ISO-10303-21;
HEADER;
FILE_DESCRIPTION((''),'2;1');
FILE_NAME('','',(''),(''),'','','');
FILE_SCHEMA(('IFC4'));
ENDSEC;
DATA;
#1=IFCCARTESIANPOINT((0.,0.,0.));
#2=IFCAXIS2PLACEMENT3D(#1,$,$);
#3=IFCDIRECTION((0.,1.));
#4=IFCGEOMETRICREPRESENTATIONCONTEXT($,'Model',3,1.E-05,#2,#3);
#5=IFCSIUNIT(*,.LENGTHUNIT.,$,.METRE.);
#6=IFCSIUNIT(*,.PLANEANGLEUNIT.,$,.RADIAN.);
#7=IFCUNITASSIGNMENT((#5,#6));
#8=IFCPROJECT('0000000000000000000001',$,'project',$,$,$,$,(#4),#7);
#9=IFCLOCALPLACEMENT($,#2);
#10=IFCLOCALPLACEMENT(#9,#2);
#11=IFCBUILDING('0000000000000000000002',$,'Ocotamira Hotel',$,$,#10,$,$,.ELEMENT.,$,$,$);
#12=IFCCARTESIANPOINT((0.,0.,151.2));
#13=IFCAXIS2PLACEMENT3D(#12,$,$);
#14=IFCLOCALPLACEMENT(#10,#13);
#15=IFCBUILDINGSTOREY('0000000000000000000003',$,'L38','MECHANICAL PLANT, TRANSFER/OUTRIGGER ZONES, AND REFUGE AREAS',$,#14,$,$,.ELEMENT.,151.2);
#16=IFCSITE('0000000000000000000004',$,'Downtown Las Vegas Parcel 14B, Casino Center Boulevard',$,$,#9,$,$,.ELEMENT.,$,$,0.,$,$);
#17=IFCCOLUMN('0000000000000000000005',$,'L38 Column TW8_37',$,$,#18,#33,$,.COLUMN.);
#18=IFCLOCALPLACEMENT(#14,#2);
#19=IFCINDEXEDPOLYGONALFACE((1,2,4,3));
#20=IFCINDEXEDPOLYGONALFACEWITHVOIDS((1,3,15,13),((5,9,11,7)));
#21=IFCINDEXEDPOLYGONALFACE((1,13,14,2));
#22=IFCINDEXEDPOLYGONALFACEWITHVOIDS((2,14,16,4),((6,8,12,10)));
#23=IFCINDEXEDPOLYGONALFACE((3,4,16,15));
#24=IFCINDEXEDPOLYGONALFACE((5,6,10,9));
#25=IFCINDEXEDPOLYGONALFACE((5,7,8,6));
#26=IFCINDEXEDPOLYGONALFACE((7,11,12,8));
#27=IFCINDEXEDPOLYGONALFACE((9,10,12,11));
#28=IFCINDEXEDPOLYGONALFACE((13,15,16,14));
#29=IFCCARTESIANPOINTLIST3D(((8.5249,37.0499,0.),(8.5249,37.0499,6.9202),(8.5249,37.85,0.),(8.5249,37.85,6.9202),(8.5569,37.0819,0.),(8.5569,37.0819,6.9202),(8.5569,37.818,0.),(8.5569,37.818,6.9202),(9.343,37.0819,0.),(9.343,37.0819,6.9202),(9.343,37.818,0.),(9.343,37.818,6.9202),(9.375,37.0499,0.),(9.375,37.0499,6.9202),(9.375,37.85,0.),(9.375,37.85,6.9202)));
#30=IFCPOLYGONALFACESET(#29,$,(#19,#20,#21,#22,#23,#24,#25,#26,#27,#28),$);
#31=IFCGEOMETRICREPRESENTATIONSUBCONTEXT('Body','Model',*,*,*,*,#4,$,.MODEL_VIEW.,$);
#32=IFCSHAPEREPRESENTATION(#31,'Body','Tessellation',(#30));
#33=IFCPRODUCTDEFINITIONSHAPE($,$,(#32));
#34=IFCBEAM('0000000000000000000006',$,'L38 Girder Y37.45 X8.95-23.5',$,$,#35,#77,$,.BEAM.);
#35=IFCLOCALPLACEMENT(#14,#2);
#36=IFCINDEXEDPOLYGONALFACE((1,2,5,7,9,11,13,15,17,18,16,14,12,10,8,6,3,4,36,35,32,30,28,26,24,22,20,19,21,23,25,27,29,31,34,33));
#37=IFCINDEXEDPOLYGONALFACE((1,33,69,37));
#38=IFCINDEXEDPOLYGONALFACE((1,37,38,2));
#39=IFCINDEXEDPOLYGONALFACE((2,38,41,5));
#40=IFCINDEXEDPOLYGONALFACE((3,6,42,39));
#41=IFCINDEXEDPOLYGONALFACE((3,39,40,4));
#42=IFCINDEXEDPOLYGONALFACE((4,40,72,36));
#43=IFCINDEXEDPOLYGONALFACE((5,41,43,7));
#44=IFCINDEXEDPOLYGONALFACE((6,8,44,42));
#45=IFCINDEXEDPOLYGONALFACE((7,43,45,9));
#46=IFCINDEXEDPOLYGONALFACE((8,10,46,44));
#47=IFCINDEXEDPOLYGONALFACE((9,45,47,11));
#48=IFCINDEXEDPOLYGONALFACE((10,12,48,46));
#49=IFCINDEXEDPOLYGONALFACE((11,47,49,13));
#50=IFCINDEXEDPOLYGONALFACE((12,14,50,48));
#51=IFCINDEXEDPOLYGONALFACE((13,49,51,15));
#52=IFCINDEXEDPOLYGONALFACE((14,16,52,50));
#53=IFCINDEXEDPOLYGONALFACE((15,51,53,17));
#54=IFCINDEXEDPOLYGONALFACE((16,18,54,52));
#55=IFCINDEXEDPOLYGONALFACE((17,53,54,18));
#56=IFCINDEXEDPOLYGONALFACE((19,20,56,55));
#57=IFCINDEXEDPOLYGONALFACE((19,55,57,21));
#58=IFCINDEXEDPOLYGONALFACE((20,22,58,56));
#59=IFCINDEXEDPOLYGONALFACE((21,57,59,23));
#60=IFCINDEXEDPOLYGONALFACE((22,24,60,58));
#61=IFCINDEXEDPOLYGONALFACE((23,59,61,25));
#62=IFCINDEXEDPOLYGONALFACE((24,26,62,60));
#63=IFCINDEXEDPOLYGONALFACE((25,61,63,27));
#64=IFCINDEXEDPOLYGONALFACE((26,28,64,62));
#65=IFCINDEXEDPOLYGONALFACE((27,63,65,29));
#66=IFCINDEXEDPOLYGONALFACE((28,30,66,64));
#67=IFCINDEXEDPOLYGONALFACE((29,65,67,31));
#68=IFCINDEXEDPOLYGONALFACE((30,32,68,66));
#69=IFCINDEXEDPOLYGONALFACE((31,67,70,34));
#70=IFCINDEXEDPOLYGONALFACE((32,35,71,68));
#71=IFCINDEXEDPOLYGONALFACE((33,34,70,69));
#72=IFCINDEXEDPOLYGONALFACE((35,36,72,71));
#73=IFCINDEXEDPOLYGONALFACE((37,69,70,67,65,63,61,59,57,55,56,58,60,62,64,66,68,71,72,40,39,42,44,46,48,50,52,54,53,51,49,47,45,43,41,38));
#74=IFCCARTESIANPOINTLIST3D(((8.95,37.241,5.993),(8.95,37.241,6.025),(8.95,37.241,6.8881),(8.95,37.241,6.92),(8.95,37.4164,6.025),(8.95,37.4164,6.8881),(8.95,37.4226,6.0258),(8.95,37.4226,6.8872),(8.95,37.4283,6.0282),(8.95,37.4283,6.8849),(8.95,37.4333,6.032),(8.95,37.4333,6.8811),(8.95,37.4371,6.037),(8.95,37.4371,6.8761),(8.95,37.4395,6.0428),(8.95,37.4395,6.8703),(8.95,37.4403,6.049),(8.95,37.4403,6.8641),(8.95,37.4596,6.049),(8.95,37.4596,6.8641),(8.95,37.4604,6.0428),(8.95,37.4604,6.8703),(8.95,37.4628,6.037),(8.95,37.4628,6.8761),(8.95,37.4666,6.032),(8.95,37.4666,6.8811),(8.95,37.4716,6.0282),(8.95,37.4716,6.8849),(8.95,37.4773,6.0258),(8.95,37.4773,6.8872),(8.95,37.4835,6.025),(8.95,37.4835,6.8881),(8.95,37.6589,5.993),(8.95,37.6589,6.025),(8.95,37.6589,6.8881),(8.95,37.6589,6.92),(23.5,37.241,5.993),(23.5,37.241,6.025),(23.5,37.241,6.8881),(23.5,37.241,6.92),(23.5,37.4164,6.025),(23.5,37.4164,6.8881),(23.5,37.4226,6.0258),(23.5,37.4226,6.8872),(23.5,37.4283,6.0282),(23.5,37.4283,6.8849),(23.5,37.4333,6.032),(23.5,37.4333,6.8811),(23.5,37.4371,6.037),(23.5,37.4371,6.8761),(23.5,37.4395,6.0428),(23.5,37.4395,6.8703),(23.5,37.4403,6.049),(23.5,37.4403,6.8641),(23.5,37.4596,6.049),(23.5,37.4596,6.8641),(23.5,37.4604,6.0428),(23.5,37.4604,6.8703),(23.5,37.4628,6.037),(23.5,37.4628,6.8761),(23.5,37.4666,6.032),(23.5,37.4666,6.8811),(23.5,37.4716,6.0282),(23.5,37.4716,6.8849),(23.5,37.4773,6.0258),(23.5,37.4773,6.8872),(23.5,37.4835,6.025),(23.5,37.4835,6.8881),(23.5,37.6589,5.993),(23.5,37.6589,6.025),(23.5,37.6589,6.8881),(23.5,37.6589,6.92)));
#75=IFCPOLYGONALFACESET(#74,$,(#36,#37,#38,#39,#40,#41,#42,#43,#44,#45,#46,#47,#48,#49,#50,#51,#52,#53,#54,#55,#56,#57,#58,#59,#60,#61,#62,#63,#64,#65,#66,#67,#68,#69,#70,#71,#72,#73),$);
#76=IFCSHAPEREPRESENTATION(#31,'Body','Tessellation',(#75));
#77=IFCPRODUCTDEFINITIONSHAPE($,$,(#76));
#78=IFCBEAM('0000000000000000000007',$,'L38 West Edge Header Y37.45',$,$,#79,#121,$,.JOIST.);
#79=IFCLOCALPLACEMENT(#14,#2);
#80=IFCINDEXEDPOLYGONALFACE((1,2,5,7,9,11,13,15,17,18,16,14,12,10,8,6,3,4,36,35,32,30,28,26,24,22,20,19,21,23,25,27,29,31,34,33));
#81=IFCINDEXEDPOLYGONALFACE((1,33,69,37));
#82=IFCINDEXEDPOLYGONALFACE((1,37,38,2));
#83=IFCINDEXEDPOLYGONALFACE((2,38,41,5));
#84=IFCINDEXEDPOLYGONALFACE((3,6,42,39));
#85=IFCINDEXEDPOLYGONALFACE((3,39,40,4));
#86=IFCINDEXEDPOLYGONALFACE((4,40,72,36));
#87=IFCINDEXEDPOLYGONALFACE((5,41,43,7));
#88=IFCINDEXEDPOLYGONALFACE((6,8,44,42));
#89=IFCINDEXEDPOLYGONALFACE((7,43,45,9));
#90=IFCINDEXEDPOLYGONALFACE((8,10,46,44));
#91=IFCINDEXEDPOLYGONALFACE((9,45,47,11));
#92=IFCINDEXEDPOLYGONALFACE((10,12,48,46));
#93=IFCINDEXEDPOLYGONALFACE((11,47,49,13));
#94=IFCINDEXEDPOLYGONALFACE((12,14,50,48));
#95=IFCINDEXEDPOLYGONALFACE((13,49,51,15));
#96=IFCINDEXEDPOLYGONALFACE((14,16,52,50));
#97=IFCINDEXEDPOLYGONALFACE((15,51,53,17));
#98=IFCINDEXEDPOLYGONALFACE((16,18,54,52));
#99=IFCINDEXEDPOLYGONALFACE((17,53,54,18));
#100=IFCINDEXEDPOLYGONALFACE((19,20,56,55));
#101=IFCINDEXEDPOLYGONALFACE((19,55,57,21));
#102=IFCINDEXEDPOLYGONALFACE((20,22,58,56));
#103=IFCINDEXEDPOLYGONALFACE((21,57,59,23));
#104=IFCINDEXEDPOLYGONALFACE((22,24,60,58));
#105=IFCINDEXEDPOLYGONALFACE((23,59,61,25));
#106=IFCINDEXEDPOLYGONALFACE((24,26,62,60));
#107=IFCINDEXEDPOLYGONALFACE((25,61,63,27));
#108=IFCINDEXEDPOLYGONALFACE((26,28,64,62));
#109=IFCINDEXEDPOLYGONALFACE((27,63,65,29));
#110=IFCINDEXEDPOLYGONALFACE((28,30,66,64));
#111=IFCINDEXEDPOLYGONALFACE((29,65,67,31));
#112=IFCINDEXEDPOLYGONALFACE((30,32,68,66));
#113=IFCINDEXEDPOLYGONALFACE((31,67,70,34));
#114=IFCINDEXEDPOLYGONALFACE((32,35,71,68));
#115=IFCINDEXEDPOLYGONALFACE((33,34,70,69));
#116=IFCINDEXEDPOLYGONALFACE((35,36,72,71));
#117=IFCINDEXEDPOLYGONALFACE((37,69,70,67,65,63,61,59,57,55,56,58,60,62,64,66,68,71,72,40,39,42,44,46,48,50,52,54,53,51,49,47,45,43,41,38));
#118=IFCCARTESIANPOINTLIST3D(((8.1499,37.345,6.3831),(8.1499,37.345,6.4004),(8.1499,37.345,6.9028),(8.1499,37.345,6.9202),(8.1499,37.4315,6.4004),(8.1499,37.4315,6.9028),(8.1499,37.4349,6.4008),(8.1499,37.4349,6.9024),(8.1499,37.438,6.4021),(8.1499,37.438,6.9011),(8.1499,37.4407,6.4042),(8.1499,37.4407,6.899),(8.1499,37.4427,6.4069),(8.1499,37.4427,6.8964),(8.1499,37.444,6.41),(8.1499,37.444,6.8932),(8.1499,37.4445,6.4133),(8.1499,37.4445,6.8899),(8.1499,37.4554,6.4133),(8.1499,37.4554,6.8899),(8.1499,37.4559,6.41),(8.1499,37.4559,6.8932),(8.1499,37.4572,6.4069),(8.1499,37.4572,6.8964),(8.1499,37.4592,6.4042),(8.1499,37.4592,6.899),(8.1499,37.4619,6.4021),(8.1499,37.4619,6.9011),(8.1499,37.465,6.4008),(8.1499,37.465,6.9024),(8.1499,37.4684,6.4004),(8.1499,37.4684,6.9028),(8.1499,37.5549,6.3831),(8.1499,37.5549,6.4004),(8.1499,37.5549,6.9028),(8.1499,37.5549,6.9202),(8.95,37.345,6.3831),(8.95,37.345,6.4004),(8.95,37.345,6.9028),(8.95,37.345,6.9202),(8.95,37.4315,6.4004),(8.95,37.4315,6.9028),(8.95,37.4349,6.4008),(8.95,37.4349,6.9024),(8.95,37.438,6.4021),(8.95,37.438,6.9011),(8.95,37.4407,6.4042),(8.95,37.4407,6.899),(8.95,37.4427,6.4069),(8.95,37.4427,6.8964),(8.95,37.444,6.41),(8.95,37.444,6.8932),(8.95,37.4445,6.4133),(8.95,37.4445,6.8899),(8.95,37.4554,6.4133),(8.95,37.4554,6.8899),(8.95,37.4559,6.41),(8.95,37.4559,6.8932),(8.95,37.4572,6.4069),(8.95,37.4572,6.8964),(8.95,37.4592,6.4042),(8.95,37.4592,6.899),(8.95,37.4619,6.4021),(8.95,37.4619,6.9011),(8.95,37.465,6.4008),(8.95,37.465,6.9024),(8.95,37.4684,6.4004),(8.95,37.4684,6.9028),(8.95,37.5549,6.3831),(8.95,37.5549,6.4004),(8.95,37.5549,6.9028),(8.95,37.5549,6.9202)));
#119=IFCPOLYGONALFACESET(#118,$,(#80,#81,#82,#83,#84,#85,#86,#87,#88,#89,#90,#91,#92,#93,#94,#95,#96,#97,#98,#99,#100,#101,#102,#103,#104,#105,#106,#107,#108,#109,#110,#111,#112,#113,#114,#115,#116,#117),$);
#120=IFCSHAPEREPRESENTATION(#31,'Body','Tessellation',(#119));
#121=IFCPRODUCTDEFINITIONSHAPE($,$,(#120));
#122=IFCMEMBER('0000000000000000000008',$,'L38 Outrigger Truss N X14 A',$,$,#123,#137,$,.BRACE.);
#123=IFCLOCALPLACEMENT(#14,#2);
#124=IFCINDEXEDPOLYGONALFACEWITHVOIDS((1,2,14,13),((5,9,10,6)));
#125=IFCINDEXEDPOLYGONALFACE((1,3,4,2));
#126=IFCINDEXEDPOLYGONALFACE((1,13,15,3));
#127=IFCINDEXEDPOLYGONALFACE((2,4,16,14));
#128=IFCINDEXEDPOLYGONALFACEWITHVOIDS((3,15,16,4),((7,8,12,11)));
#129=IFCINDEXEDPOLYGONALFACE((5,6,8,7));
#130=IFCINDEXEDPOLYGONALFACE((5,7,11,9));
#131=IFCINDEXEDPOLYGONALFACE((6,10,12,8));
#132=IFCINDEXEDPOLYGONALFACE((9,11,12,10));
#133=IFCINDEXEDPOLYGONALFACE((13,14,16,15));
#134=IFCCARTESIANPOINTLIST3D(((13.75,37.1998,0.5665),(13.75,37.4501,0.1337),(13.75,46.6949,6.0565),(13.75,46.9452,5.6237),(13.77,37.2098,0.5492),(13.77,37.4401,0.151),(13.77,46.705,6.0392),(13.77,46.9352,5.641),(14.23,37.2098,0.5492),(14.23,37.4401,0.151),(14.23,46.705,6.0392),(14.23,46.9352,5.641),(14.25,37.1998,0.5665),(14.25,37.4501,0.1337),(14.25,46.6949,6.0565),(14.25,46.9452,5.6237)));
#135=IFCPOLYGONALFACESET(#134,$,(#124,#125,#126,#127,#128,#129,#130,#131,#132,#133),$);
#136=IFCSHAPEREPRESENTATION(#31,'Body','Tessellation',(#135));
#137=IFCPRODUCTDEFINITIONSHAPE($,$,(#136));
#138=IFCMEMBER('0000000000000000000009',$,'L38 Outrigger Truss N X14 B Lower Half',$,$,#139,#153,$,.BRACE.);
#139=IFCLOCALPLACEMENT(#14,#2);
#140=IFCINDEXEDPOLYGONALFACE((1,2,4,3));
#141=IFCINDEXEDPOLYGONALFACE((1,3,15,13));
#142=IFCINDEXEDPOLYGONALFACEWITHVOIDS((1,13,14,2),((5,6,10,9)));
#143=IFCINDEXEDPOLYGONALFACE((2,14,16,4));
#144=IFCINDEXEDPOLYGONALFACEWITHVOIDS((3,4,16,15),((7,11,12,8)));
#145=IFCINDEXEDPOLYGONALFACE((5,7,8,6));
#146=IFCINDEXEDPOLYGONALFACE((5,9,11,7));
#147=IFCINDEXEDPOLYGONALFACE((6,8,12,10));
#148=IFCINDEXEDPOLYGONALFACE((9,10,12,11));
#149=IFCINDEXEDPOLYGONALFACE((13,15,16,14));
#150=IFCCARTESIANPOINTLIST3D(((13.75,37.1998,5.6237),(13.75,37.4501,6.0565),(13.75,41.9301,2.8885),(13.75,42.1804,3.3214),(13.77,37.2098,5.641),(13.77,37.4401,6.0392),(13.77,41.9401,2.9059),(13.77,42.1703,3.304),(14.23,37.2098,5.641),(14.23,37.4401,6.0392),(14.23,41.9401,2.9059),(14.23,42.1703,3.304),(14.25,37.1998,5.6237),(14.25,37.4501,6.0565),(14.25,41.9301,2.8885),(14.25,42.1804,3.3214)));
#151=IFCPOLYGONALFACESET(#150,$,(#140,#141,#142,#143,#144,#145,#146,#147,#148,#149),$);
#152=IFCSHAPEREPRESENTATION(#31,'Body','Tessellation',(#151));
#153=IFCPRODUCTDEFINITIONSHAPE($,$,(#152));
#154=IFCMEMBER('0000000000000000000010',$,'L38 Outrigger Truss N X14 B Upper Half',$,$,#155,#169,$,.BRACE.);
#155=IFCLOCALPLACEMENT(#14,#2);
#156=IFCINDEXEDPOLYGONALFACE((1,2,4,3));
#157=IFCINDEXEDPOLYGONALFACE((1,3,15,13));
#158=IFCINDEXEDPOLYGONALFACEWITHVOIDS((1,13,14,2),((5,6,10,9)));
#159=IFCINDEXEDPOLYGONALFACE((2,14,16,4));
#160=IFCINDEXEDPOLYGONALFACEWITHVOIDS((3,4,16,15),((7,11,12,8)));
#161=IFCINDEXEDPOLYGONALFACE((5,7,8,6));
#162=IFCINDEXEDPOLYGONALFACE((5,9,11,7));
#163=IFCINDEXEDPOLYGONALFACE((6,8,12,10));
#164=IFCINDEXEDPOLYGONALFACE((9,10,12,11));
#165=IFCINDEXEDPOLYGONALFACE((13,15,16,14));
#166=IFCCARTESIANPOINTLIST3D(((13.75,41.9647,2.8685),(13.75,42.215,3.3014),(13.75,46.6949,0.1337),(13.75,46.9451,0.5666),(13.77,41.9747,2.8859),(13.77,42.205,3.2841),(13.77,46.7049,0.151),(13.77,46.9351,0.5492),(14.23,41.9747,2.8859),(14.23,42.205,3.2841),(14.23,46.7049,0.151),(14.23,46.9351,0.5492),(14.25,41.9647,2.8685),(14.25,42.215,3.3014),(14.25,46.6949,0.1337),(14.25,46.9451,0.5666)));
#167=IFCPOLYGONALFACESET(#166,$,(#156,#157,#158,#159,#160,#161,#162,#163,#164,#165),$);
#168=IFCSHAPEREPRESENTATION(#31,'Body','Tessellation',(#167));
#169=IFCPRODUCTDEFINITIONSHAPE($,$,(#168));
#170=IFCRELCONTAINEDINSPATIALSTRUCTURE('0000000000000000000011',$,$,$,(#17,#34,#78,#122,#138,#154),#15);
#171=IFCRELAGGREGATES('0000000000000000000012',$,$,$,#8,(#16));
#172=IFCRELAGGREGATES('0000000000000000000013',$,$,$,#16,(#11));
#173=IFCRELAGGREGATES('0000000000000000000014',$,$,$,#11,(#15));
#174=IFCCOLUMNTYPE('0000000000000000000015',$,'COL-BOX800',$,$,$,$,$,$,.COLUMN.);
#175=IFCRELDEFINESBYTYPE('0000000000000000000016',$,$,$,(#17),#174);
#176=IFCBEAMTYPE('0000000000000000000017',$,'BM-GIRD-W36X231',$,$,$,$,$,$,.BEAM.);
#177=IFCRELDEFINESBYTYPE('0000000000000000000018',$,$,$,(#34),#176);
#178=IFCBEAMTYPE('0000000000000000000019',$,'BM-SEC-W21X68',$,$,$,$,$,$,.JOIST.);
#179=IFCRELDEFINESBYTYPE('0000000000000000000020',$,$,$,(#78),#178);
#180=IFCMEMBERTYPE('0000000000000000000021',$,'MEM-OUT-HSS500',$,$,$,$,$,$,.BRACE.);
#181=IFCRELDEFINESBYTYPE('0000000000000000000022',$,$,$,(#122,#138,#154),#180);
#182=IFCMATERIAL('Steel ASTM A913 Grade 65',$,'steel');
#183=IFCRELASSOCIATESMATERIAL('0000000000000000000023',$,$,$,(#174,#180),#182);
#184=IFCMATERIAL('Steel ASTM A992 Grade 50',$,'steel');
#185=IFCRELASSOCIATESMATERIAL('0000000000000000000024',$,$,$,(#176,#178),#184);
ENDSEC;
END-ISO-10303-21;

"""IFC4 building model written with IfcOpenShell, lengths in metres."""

from ifc_helpers import new_model, si_unit, direction, frame, origin, origin_2d, place, context, subcontext, project, spatial, hollow_rectangle, i_section, extrude, source, transform, mapped, material, material_profile, profile_set, type_object, element, save


model = new_model("IFC4")

# Units and contexts
model_context = context("Model", 3, precision=1e-05, world=origin(), true_north=direction((0.0, 1.0)))
body_context = subcontext(model_context, "Body", "Model", "MODEL_VIEW")
ifc_project = project(units=[si_unit("LENGTHUNIT", "METRE"), si_unit("PLANEANGLEUNIT", "RADIAN")], contexts=[model_context])

# Site, building, storey
site_placement = place(None, origin())
site = spatial("IfcSite", under=ifc_project, at=site_placement, Name="Downtown Las Vegas Parcel 14B, Casino Center Boulevard", CompositionType="ELEMENT", RefElevation=0.0)
building_placement = place(site_placement, origin())
building = spatial("IfcBuilding", under=site, at=building_placement, Name="Ocotamira Hotel", CompositionType="ELEMENT")
storey_placement = place(building_placement, frame((0.0, 0.0, 151.2)))
storey = spatial("IfcBuildingStorey", under=building, at=storey_placement, Name="L38", Description="MECHANICAL PLANT, TRANSFER/OUTRIGGER ZONES, AND REFUGE AREAS", CompositionType="ELEMENT", Elevation=151.2)

# Column
ifc_material_1 = material(Name="Steel ASTM A913 Grade 65", Category="steel")
ifc_material_profile_1 = material_profile(ifc_material_1, hollow_rectangle(XDim=0.8501, YDim=0.8, WallThickness=0.032, at=origin_2d()), Name="BOX800X850X32")
ifc_profile_set_1 = profile_set([ifc_material_profile_1], Name="Steel ASTM A913 Grade 65")
column_type = type_object("IfcColumnType", Name="COL-BOX800", PredefinedType="COLUMN", material=ifc_profile_set_1)
shared_shape_1 = source(origin(), body_context, "Body", "SweptSolid", [
    extrude(hollow_rectangle(XDim=0.8501, YDim=0.8, WallThickness=0.032, at=origin_2d()), origin(), (0.0, 0.0, 1.0), 6.9202),
])
column_placement = place(storey_placement, frame((8.95, 37.45, 0.0), z_axis=(0.0, 0.0, 1.0), x_axis=(1.0, 0.0, 0.0)))
element("IfcColumn", 1, at=column_placement, inside=storey, type_object=column_type, Name="L38 Column TW8_37", PredefinedType="COLUMN", context=body_context, shape_type="MappedRepresentation", body=[
    mapped(shared_shape_1, transform((0.0, 0.0, 0.0), scale=1.0)),
])

# Beams
ifc_material_2 = material(Name="Steel ASTM A992 Grade 50", Category="steel")
ifc_material_profile_2 = material_profile(ifc_material_2, i_section(OverallWidth=0.418, OverallDepth=0.927, WebThickness=0.0193, FlangeThickness=0.032, FilletRadius=0.0239, at=origin_2d()), Name="W36X231")
ifc_profile_set_2 = profile_set([ifc_material_profile_2], Name="Steel ASTM A992 Grade 50")
beam_type_1 = type_object("IfcBeamType", Name="BM-GIRD-W36X231", PredefinedType="BEAM", material=ifc_profile_set_2)
shared_shape_2 = source(origin(), body_context, "Body", "SweptSolid", [
    extrude(i_section(OverallWidth=0.418, OverallDepth=0.927, WebThickness=0.0193, FlangeThickness=0.032, FilletRadius=0.0239, at=origin_2d()), origin(), (0.0, 0.0, 1.0), 14.55),
])
beam_1_placement = place(storey_placement, frame((8.95, 37.45, 6.4565), z_axis=(1.0, 0.0, 0.0), x_axis=(0.0, 1.0, 0.0)))
element("IfcBeam", 2, at=beam_1_placement, inside=storey, type_object=beam_type_1, Name="L38 Girder Y37.45 X8.95-23.5", PredefinedType="BEAM", context=body_context, shape_type="MappedRepresentation", body=[
    mapped(shared_shape_2, transform((0.0, 0.0, 0.0), scale=1.0)),
])
ifc_material_profile_3 = material_profile(ifc_material_2, i_section(OverallWidth=0.21, OverallDepth=0.5371, WebThickness=0.011, FlangeThickness=0.0173, FilletRadius=0.0129, at=origin_2d()), Name="W21X68")
ifc_profile_set_3 = profile_set([ifc_material_profile_3], Name="Steel ASTM A992 Grade 50")
beam_type_2 = type_object("IfcBeamType", Name="BM-SEC-W21X68", PredefinedType="JOIST", material=ifc_profile_set_3)
shared_shape_3 = source(origin(), body_context, "Body", "SweptSolid", [
    extrude(i_section(OverallWidth=0.21, OverallDepth=0.5371, WebThickness=0.011, FlangeThickness=0.0173, FilletRadius=0.0129, at=origin_2d()), origin(), (0.0, 0.0, 1.0), 0.8),
])
beam_2_placement = place(storey_placement, frame((8.95, 37.45, 6.6516), z_axis=(-1.0, 0.0, 0.0), x_axis=(0.0, -1.0, 0.0)))
element("IfcBeam", 3, at=beam_2_placement, inside=storey, type_object=beam_type_2, Name="L38 West Edge Header Y37.45", PredefinedType="JOIST", context=body_context, shape_type="MappedRepresentation", body=[
    mapped(shared_shape_3, transform((0.0, 0.0, 0.0), scale=1.0)),
])

# Members
ifc_material_profile_4 = material_profile(ifc_material_1, hollow_rectangle(XDim=0.5, YDim=0.5, WallThickness=0.02, at=origin_2d()), Name="HSS500X500X20")
ifc_profile_set_4 = profile_set([ifc_material_profile_4], Name="Steel ASTM A913 Grade 65")
member_type_1 = type_object("IfcMemberType", Name="MEM-OUT-HSS500", PredefinedType="BRACE", material=ifc_profile_set_4)
shared_shape_4 = source(origin(), body_context, "Body", "SweptSolid", [
    extrude(hollow_rectangle(XDim=0.5, YDim=0.5, WallThickness=0.02, at=origin_2d()), origin(), (0.0, 0.0, 1.0), 10.968),
])
member_1_placement = place(storey_placement, frame((14.0, 37.325, 0.3501), z_axis=(0.0, 0.86571, 0.500546), x_axis=(-1.0, 0.0, 0.0)))
element("IfcMember", 4, at=member_1_placement, inside=storey, type_object=member_type_1, Name="L38 Outrigger Truss N X14 A", PredefinedType="BRACE", context=body_context, shape_type="MappedRepresentation", body=[
    mapped(shared_shape_4, transform((0.0, 0.0, 0.0), scale=1.0)),
])
shared_shape_5 = source(origin(), body_context, "Body", "SweptSolid", [
    extrude(hollow_rectangle(XDim=0.5, YDim=0.5, WallThickness=0.02, at=origin_2d()), origin(), (0.0, 0.0, 1.0), 5.4641),
])
member_2_placement = place(storey_placement, frame((14.0, 37.325, 5.8401), z_axis=(0.0, 0.865699, -0.500564), x_axis=(-1.0, 0.0, 0.0)))
element("IfcMember", 5, at=member_2_placement, inside=storey, type_object=member_type_1, Name="L38 Outrigger Truss N X14 B Lower Half", PredefinedType="BRACE", context=body_context, shape_type="MappedRepresentation", body=[
    mapped(shared_shape_5, transform((0.0, 0.0, 0.0), scale=1.0)),
])
shared_shape_6 = source(origin(), body_context, "Body", "SweptSolid", [
    extrude(hollow_rectangle(XDim=0.5, YDim=0.5, WallThickness=0.02, at=origin_2d()), origin(), (0.0, 0.0, 1.0), 5.4639),
])
member_3_placement = place(storey_placement, frame((14.0, 42.0898, 3.085), z_axis=(0.0, 0.865719, -0.500531), x_axis=(-1.0, 0.0, 0.0)))
element("IfcMember", 6, at=member_3_placement, inside=storey, type_object=member_type_1, Name="L38 Outrigger Truss N X14 B Upper Half", PredefinedType="BRACE", context=body_context, shape_type="MappedRepresentation", body=[
    mapped(shared_shape_6, transform((0.0, 0.0, 0.0), scale=1.0)),
])

save(model, "model.ifc")
